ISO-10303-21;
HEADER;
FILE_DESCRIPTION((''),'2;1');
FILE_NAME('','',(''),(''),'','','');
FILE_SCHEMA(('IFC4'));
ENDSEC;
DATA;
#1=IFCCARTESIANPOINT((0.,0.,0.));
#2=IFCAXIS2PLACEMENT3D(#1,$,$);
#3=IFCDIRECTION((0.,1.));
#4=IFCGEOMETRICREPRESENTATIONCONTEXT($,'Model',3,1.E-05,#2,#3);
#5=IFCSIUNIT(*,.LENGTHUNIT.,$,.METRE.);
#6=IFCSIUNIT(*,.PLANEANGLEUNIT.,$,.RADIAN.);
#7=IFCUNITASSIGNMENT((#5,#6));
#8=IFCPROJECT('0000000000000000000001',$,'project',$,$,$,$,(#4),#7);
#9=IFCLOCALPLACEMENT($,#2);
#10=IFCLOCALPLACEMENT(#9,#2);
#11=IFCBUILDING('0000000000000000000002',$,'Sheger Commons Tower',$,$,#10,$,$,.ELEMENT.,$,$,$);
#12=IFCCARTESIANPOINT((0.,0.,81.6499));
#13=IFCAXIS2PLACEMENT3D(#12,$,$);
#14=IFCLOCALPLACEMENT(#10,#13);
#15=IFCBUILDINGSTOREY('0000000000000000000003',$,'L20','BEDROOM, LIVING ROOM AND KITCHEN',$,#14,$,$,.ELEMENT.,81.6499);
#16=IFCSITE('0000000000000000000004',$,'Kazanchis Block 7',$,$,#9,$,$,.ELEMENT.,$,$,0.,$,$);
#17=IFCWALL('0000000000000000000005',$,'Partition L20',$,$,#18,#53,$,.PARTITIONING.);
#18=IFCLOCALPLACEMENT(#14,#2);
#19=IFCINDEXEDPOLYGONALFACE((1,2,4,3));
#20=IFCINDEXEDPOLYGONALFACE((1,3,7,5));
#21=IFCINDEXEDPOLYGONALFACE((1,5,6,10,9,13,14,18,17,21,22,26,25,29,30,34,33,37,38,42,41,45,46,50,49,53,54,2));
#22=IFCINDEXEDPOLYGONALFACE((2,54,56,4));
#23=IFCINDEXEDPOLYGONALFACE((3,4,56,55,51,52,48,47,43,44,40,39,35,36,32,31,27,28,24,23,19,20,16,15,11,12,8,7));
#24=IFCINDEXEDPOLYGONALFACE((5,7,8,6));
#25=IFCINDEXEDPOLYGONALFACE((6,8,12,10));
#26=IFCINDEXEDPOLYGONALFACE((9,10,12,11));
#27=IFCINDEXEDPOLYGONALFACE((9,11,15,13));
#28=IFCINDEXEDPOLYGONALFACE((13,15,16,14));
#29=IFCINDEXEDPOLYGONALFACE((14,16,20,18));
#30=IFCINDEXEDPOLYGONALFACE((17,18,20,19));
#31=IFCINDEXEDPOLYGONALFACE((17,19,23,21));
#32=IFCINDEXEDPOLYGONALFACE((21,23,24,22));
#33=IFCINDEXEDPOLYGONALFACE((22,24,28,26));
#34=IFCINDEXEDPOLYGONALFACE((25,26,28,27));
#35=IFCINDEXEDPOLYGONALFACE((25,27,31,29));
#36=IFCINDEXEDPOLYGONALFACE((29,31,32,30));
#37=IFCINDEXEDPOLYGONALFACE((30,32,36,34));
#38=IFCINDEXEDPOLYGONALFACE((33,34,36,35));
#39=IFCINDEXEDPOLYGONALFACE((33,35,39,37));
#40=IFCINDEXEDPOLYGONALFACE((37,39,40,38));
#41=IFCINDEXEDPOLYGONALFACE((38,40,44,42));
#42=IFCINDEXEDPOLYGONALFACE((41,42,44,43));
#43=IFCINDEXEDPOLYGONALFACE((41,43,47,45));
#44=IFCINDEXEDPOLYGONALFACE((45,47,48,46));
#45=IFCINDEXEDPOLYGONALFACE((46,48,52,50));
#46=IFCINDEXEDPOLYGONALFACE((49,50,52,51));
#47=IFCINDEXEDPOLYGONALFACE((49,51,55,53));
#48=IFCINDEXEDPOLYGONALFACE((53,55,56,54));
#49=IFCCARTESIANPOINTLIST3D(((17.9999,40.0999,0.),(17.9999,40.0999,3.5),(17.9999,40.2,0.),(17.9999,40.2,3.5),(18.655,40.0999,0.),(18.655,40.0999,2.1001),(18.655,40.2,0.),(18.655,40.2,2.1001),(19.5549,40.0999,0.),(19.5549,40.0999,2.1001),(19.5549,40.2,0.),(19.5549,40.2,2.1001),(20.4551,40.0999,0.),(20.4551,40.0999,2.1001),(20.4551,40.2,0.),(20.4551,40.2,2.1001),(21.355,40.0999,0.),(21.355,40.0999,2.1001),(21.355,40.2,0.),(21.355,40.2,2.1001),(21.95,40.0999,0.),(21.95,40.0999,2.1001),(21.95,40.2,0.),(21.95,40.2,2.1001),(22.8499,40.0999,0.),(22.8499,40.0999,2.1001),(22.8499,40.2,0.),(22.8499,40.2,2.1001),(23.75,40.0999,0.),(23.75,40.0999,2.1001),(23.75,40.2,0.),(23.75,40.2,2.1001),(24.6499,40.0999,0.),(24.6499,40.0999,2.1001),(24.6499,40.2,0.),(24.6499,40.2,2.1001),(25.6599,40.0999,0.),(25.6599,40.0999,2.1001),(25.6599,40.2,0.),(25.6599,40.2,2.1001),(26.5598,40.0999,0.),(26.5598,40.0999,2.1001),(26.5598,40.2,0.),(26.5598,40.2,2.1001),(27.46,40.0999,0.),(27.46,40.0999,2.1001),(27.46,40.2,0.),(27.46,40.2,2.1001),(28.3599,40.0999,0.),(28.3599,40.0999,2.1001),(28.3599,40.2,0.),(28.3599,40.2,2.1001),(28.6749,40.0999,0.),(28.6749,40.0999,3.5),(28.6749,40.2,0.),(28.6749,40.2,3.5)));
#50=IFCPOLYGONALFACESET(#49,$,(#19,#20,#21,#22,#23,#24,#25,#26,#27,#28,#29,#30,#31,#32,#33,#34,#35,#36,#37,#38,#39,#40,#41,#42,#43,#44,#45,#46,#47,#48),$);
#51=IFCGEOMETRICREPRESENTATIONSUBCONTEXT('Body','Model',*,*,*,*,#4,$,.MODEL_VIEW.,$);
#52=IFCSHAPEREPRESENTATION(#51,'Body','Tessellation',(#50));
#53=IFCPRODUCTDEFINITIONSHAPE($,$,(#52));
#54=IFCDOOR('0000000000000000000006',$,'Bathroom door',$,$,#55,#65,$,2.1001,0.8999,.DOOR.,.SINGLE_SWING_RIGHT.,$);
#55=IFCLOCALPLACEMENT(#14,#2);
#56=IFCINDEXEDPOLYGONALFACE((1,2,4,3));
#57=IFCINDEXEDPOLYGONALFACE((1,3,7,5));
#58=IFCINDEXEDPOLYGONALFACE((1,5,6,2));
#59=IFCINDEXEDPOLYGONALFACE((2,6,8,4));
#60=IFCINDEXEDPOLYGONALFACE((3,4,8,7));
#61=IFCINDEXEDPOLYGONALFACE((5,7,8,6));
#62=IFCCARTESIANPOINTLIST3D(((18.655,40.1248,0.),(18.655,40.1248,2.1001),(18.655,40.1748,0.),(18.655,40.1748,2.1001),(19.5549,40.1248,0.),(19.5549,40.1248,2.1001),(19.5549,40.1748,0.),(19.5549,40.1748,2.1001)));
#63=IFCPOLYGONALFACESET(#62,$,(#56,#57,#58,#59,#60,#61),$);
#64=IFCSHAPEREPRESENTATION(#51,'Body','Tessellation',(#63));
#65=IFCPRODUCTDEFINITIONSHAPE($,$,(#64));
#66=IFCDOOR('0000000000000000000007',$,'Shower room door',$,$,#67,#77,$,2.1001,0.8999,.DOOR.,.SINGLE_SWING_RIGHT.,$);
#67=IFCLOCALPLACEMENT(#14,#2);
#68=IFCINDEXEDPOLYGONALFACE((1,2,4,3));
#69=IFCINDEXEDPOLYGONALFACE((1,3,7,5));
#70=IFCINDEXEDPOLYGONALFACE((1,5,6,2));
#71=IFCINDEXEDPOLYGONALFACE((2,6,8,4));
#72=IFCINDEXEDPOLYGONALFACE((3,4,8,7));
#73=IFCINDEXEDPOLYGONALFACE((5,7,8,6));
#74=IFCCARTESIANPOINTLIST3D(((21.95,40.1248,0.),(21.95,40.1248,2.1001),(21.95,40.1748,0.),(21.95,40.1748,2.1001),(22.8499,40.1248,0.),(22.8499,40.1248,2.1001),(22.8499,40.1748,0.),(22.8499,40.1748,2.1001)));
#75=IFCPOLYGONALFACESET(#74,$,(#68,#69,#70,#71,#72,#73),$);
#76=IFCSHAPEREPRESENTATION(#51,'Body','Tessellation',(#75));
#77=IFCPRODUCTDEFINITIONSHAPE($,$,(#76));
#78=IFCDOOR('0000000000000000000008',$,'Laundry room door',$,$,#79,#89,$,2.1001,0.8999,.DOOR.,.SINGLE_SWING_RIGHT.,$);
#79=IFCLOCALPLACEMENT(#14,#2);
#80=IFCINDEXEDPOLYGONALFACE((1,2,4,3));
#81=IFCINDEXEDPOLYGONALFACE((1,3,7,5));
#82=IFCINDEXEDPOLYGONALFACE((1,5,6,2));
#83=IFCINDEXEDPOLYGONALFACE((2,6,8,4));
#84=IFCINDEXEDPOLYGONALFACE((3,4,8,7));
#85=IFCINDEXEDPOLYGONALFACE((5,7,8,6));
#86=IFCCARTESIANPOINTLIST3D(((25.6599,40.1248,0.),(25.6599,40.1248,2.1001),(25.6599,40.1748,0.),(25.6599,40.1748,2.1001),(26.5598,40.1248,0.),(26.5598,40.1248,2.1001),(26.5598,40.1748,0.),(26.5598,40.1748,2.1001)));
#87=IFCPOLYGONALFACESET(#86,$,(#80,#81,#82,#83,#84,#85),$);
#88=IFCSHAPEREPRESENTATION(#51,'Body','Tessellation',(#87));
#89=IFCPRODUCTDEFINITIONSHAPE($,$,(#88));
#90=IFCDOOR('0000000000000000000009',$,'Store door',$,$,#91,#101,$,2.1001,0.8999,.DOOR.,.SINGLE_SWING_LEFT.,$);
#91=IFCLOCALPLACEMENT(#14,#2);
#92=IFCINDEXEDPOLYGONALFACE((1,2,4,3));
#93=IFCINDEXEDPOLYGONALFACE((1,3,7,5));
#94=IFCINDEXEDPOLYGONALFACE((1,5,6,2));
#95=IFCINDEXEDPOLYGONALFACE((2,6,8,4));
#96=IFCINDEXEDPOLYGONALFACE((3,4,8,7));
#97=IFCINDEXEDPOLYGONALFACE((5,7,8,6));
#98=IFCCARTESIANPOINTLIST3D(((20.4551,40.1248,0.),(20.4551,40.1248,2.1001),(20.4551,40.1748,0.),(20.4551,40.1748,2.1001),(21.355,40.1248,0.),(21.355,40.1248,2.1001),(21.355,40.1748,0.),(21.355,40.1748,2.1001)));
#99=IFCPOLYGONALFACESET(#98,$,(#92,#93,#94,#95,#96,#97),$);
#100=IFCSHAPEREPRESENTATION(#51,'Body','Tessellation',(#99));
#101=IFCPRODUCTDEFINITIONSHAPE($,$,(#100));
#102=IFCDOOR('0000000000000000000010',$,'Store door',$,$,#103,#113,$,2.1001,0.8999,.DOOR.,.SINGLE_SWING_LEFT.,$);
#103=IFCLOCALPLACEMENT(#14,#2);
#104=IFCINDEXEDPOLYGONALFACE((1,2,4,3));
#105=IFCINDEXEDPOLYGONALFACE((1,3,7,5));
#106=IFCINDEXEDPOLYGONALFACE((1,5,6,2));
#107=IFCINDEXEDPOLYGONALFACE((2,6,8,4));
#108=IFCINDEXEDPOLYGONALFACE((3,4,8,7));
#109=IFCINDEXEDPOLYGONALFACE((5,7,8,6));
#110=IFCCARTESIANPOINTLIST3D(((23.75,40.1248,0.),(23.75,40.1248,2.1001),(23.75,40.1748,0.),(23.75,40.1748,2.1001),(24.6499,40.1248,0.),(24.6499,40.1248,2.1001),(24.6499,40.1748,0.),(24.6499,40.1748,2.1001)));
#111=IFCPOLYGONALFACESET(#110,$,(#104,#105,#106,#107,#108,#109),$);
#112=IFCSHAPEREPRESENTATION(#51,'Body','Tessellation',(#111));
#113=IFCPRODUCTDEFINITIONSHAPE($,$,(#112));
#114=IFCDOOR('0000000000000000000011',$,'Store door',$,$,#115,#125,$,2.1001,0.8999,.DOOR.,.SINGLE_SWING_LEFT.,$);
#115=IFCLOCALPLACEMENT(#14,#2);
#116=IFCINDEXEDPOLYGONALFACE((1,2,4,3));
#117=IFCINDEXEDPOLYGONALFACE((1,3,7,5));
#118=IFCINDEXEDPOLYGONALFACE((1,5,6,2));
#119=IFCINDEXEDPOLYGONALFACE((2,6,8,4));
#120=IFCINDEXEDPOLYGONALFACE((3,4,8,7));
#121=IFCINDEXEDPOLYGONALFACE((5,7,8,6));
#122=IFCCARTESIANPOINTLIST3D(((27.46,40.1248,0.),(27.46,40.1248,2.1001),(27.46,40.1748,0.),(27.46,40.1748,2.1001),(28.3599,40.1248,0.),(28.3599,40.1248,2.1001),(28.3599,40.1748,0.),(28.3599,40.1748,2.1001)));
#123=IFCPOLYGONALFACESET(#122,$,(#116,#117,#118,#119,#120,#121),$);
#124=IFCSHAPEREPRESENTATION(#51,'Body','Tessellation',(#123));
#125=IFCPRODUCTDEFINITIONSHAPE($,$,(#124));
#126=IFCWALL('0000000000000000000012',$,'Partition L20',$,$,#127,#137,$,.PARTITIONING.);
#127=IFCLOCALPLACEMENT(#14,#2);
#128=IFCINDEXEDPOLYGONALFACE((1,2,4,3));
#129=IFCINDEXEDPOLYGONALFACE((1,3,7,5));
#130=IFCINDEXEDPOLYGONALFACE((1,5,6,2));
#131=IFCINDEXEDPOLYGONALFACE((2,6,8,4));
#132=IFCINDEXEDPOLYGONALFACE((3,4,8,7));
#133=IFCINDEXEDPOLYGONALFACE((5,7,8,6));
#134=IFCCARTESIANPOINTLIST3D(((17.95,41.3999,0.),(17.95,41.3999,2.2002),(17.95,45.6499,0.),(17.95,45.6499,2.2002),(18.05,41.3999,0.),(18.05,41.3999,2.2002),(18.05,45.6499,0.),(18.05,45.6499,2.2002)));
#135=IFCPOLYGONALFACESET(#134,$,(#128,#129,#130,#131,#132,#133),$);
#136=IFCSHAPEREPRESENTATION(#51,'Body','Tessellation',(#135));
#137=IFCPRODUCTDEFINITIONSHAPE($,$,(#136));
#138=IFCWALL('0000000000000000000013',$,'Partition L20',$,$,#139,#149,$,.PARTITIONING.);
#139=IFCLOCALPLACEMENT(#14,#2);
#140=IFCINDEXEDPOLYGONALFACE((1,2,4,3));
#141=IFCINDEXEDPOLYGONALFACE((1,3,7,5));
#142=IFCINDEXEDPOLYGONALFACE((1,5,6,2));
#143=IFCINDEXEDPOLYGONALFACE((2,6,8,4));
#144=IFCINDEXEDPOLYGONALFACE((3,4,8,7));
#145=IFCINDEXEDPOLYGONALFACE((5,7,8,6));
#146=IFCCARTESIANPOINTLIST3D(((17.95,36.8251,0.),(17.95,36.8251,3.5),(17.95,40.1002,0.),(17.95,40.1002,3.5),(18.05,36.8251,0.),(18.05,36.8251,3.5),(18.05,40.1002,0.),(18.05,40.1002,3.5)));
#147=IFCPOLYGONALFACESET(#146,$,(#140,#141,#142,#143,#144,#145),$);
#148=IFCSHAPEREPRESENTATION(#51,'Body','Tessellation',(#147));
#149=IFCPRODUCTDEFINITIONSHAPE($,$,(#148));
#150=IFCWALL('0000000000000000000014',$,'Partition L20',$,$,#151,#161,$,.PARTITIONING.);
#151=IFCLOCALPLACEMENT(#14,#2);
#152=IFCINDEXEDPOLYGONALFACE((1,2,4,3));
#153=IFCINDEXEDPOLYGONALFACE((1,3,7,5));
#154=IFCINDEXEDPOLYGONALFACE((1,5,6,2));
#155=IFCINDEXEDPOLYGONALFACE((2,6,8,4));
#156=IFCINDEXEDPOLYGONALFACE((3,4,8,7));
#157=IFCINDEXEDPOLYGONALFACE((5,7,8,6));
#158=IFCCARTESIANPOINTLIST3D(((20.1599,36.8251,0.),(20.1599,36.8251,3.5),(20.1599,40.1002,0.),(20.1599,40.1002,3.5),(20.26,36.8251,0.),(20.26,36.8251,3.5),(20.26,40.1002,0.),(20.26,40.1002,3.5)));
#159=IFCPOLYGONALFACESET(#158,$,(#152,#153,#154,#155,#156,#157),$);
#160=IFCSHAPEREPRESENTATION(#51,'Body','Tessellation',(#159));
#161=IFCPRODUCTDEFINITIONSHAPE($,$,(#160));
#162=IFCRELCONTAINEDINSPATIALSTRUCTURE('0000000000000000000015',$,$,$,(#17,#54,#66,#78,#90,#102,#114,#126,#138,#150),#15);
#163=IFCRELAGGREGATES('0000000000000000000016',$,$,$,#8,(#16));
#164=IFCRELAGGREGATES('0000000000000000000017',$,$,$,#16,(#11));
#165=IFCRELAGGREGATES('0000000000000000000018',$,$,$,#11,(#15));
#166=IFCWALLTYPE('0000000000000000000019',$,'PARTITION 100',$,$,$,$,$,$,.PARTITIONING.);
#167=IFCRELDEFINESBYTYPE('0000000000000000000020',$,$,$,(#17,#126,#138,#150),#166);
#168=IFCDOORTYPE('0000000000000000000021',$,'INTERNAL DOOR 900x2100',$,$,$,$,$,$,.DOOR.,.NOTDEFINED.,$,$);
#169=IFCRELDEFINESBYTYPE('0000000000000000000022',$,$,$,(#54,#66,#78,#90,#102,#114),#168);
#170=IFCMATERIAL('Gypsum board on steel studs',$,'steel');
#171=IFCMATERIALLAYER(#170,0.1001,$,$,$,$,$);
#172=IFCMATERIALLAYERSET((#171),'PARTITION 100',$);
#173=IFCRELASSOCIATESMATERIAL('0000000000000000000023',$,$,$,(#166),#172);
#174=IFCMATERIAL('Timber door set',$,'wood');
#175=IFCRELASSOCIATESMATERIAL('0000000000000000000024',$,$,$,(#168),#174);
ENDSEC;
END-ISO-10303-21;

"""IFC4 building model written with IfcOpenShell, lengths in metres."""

from ifc_helpers import new_model, si_unit, direction, frame, frame_2d, origin, place, context, subcontext, project, spatial, rectangle, extrude, material, layer, layer_set, type_object, element, fill, save


model = new_model("IFC4")

# Units and contexts
model_context = context("Model", 3, precision=1e-05, world=origin(), true_north=direction((0.0, 1.0)))
body_context = subcontext(model_context, "Body", "Model", "MODEL_VIEW")
ifc_project = project(units=[si_unit("LENGTHUNIT", "METRE"), si_unit("PLANEANGLEUNIT", "RADIAN")], contexts=[model_context])

# Site, building, storey
site_placement = place(None, origin())
site = spatial("IfcSite", under=ifc_project, at=site_placement, Name="Kazanchis Block 7", CompositionType="ELEMENT", RefElevation=0.0)
building_placement = place(site_placement, origin())
building = spatial("IfcBuilding", under=site, at=building_placement, Name="Sheger Commons Tower", CompositionType="ELEMENT")
storey_placement = place(building_placement, frame((0.0, 0.0, 81.6499)))
storey = spatial("IfcBuildingStorey", under=building, at=storey_placement, Name="L20", Description="BEDROOM, LIVING ROOM AND KITCHEN", CompositionType="ELEMENT", Elevation=81.6499)

# Wall, openings, doors
ifc_material_1 = material(Name="Gypsum board on steel studs", Category="steel")
ifc_layer_1 = layer(ifc_material_1, 0.1001)
ifc_layer_set_1 = layer_set([ifc_layer_1], Name="PARTITION 100")
wall_type_1 = type_object("IfcWallType", Name="PARTITION 100", PredefinedType="PARTITIONING", material=ifc_layer_set_1)
ifc_material_2 = material(Name="Timber door set", Category="wood")
door_type_1 = type_object("IfcDoorType", Name="INTERNAL DOOR 900x2100", OperationType="NOTDEFINED", PredefinedType="DOOR", material=ifc_material_2)
wall_1_placement = place(storey_placement, frame((18.0, 40.1499, 0.0), z_axis=(0.0, 0.0, 1.0), x_axis=(1.0, 0.0, 0.0)))
wall_1 = element("IfcWall", 1, at=wall_1_placement, inside=storey, type_object=wall_type_1, Name="Partition L20", PredefinedType="PARTITIONING", context=body_context, shape_type="SweptSolid", body=[
    extrude(rectangle(XDim=10.675, YDim=0.1001, at=frame_2d((5.3374, 0.0))), origin(), (0.0, 0.0, 1.0), 3.5),
])
opening_1_placement = place(wall_1_placement, frame((0.655, 0.0, 0.0)))
opening_1 = element("IfcOpeningElement", 2, at=opening_1_placement, cuts=wall_1, PredefinedType="OPENING", context=body_context, shape_type="SweptSolid", body=[
    extrude(rectangle(XDim=0.8999, YDim=2.1001, at=frame_2d((0.45, 1.05))), frame((0.0, 0.0601, 0.0), z_axis=(0.0, -1.0, 0.0), x_axis=(1.0, 0.0, 0.0)), (0.0, 0.0, 1.0), 0.1201),
])
opening_2_placement = place(wall_1_placement, frame((3.95, 0.0, 0.0)))
opening_2 = element("IfcOpeningElement", 3, at=opening_2_placement, cuts=wall_1, PredefinedType="OPENING", context=body_context, shape_type="SweptSolid", body=[
    extrude(rectangle(XDim=0.8999, YDim=2.1001, at=frame_2d((0.45, 1.05))), frame((0.0, 0.0601, 0.0), z_axis=(0.0, -1.0, 0.0), x_axis=(1.0, 0.0, 0.0)), (0.0, 0.0, 1.0), 0.1201),
])
opening_3_placement = place(wall_1_placement, frame((7.6599, 0.0, 0.0)))
opening_3 = element("IfcOpeningElement", 4, at=opening_3_placement, cuts=wall_1, PredefinedType="OPENING", context=body_context, shape_type="SweptSolid", body=[
    extrude(rectangle(XDim=0.8999, YDim=2.1001, at=frame_2d((0.45, 1.05))), frame((0.0, 0.0601, 0.0), z_axis=(0.0, -1.0, 0.0), x_axis=(1.0, 0.0, 0.0)), (0.0, 0.0, 1.0), 0.1201),
])
opening_4_placement = place(wall_1_placement, frame((2.4551, 0.0, 0.0)))
opening_4 = element("IfcOpeningElement", 5, at=opening_4_placement, cuts=wall_1, PredefinedType="OPENING", context=body_context, shape_type="SweptSolid", body=[
    extrude(rectangle(XDim=0.8999, YDim=2.1001, at=frame_2d((0.45, 1.05))), frame((0.0, 0.0601, 0.0), z_axis=(0.0, -1.0, 0.0), x_axis=(1.0, 0.0, 0.0)), (0.0, 0.0, 1.0), 0.1201),
])
opening_5_placement = place(wall_1_placement, frame((5.75, 0.0, 0.0)))
opening_5 = element("IfcOpeningElement", 6, at=opening_5_placement, cuts=wall_1, PredefinedType="OPENING", context=body_context, shape_type="SweptSolid", body=[
    extrude(rectangle(XDim=0.8999, YDim=2.1001, at=frame_2d((0.45, 1.05))), frame((0.0, 0.0601, 0.0), z_axis=(0.0, -1.0, 0.0), x_axis=(1.0, 0.0, 0.0)), (0.0, 0.0, 1.0), 0.1201),
])
opening_6_placement = place(wall_1_placement, frame((9.46, 0.0, 0.0)))
opening_6 = element("IfcOpeningElement", 7, at=opening_6_placement, cuts=wall_1, PredefinedType="OPENING", context=body_context, shape_type="SweptSolid", body=[
    extrude(rectangle(XDim=0.8999, YDim=2.1001, at=frame_2d((0.45, 1.05))), frame((0.0, 0.0601, 0.0), z_axis=(0.0, -1.0, 0.0), x_axis=(1.0, 0.0, 0.0)), (0.0, 0.0, 1.0), 0.1201),
])
door_1_placement = place(opening_1_placement, origin())
door_1 = element("IfcDoor", 8, at=door_1_placement, inside=storey, type_object=door_type_1, Name="Bathroom door", OperationType="SINGLE_SWING_RIGHT", OverallHeight=2.1001, OverallWidth=0.8999, PredefinedType="DOOR", context=body_context, shape_type="SweptSolid", body=[
    extrude(rectangle(XDim=0.8999, YDim=2.1001, at=frame_2d((0.45, 1.05))), frame((0.0, 0.0249, 0.0), z_axis=(0.0, -1.0, 0.0), x_axis=(1.0, 0.0, 0.0)), (0.0, 0.0, 1.0), 0.05),
])
fill(opening_1, door_1)
door_2_placement = place(opening_2_placement, origin())
door_2 = element("IfcDoor", 9, at=door_2_placement, inside=storey, type_object=door_type_1, Name="Shower room door", OperationType="SINGLE_SWING_RIGHT", OverallHeight=2.1001, OverallWidth=0.8999, PredefinedType="DOOR", context=body_context, shape_type="SweptSolid", body=[
    extrude(rectangle(XDim=0.8999, YDim=2.1001, at=frame_2d((0.45, 1.05))), frame((0.0, 0.0249, 0.0), z_axis=(0.0, -1.0, 0.0), x_axis=(1.0, 0.0, 0.0)), (0.0, 0.0, 1.0), 0.05),
])
fill(opening_2, door_2)
door_3_placement = place(opening_3_placement, origin())
door_3 = element("IfcDoor", 10, at=door_3_placement, inside=storey, type_object=door_type_1, Name="Laundry room door", OperationType="SINGLE_SWING_RIGHT", OverallHeight=2.1001, OverallWidth=0.8999, PredefinedType="DOOR", context=body_context, shape_type="SweptSolid", body=[
    extrude(rectangle(XDim=0.8999, YDim=2.1001, at=frame_2d((0.45, 1.05))), frame((0.0, 0.0249, 0.0), z_axis=(0.0, -1.0, 0.0), x_axis=(1.0, 0.0, 0.0)), (0.0, 0.0, 1.0), 0.05),
])
fill(opening_3, door_3)
door_4_placement = place(opening_4_placement, origin())
door_4 = element("IfcDoor", 11, at=door_4_placement, inside=storey, type_object=door_type_1, Name="Store door", OperationType="SINGLE_SWING_LEFT", OverallHeight=2.1001, OverallWidth=0.8999, PredefinedType="DOOR", context=body_context, shape_type="SweptSolid", body=[
    extrude(rectangle(XDim=0.8999, YDim=2.1001, at=frame_2d((0.45, 1.05))), frame((0.0, 0.0249, 0.0), z_axis=(0.0, -1.0, 0.0), x_axis=(1.0, 0.0, 0.0)), (0.0, 0.0, 1.0), 0.05),
])
fill(opening_4, door_4)
door_5_placement = place(opening_5_placement, origin())
door_5 = element("IfcDoor", 12, at=door_5_placement, inside=storey, type_object=door_type_1, Name="Store door", OperationType="SINGLE_SWING_LEFT", OverallHeight=2.1001, OverallWidth=0.8999, PredefinedType="DOOR", context=body_context, shape_type="SweptSolid", body=[
    extrude(rectangle(XDim=0.8999, YDim=2.1001, at=frame_2d((0.45, 1.05))), frame((0.0, 0.0249, 0.0), z_axis=(0.0, -1.0, 0.0), x_axis=(1.0, 0.0, 0.0)), (0.0, 0.0, 1.0), 0.05),
])
fill(opening_5, door_5)
door_6_placement = place(opening_6_placement, origin())
door_6 = element("IfcDoor", 13, at=door_6_placement, inside=storey, type_object=door_type_1, Name="Store door", OperationType="SINGLE_SWING_LEFT", OverallHeight=2.1001, OverallWidth=0.8999, PredefinedType="DOOR", context=body_context, shape_type="SweptSolid", body=[
    extrude(rectangle(XDim=0.8999, YDim=2.1001, at=frame_2d((0.45, 1.05))), frame((0.0, 0.0249, 0.0), z_axis=(0.0, -1.0, 0.0), x_axis=(1.0, 0.0, 0.0)), (0.0, 0.0, 1.0), 0.05),
])
fill(opening_6, door_6)

# Walls
wall_2_placement = place(storey_placement, frame((18.0, 41.3999, 0.0), z_axis=(0.0, 0.0, 1.0), x_axis=(0.0, 1.0, 0.0)))
element("IfcWall", 14, at=wall_2_placement, inside=storey, type_object=wall_type_1, Name="Partition L20", PredefinedType="PARTITIONING", context=body_context, shape_type="SweptSolid", body=[
    extrude(rectangle(XDim=4.25, YDim=0.1001, at=frame_2d((2.125, 0.0))), origin(), (0.0, 0.0, 1.0), 2.2002),
])
for number, where, z_axis, x_axis, name in (
    (15, (18.0, 36.825, 0.0), (0.0, 0.0, 1.0), (0.0, 1.0, 0.0), "Partition L20"),
    (16, (20.21, 36.825, 0.0), (0.0, 0.0, 1.0), (0.0, 1.0, 0.0), "Partition L20"),
):
    element("IfcWall", number, at=place(storey_placement, frame(where, z_axis=z_axis, x_axis=x_axis)), inside=storey, type_object=wall_type_1, Name=name, PredefinedType="PARTITIONING", context=body_context, shape_type="SweptSolid", body=[
        extrude(rectangle(XDim=3.2751, YDim=0.1001, at=frame_2d((1.6377, 0.0))), origin(), (0.0, 0.0, 1.0), 3.5),
    ])

save(model, "model.ifc")
